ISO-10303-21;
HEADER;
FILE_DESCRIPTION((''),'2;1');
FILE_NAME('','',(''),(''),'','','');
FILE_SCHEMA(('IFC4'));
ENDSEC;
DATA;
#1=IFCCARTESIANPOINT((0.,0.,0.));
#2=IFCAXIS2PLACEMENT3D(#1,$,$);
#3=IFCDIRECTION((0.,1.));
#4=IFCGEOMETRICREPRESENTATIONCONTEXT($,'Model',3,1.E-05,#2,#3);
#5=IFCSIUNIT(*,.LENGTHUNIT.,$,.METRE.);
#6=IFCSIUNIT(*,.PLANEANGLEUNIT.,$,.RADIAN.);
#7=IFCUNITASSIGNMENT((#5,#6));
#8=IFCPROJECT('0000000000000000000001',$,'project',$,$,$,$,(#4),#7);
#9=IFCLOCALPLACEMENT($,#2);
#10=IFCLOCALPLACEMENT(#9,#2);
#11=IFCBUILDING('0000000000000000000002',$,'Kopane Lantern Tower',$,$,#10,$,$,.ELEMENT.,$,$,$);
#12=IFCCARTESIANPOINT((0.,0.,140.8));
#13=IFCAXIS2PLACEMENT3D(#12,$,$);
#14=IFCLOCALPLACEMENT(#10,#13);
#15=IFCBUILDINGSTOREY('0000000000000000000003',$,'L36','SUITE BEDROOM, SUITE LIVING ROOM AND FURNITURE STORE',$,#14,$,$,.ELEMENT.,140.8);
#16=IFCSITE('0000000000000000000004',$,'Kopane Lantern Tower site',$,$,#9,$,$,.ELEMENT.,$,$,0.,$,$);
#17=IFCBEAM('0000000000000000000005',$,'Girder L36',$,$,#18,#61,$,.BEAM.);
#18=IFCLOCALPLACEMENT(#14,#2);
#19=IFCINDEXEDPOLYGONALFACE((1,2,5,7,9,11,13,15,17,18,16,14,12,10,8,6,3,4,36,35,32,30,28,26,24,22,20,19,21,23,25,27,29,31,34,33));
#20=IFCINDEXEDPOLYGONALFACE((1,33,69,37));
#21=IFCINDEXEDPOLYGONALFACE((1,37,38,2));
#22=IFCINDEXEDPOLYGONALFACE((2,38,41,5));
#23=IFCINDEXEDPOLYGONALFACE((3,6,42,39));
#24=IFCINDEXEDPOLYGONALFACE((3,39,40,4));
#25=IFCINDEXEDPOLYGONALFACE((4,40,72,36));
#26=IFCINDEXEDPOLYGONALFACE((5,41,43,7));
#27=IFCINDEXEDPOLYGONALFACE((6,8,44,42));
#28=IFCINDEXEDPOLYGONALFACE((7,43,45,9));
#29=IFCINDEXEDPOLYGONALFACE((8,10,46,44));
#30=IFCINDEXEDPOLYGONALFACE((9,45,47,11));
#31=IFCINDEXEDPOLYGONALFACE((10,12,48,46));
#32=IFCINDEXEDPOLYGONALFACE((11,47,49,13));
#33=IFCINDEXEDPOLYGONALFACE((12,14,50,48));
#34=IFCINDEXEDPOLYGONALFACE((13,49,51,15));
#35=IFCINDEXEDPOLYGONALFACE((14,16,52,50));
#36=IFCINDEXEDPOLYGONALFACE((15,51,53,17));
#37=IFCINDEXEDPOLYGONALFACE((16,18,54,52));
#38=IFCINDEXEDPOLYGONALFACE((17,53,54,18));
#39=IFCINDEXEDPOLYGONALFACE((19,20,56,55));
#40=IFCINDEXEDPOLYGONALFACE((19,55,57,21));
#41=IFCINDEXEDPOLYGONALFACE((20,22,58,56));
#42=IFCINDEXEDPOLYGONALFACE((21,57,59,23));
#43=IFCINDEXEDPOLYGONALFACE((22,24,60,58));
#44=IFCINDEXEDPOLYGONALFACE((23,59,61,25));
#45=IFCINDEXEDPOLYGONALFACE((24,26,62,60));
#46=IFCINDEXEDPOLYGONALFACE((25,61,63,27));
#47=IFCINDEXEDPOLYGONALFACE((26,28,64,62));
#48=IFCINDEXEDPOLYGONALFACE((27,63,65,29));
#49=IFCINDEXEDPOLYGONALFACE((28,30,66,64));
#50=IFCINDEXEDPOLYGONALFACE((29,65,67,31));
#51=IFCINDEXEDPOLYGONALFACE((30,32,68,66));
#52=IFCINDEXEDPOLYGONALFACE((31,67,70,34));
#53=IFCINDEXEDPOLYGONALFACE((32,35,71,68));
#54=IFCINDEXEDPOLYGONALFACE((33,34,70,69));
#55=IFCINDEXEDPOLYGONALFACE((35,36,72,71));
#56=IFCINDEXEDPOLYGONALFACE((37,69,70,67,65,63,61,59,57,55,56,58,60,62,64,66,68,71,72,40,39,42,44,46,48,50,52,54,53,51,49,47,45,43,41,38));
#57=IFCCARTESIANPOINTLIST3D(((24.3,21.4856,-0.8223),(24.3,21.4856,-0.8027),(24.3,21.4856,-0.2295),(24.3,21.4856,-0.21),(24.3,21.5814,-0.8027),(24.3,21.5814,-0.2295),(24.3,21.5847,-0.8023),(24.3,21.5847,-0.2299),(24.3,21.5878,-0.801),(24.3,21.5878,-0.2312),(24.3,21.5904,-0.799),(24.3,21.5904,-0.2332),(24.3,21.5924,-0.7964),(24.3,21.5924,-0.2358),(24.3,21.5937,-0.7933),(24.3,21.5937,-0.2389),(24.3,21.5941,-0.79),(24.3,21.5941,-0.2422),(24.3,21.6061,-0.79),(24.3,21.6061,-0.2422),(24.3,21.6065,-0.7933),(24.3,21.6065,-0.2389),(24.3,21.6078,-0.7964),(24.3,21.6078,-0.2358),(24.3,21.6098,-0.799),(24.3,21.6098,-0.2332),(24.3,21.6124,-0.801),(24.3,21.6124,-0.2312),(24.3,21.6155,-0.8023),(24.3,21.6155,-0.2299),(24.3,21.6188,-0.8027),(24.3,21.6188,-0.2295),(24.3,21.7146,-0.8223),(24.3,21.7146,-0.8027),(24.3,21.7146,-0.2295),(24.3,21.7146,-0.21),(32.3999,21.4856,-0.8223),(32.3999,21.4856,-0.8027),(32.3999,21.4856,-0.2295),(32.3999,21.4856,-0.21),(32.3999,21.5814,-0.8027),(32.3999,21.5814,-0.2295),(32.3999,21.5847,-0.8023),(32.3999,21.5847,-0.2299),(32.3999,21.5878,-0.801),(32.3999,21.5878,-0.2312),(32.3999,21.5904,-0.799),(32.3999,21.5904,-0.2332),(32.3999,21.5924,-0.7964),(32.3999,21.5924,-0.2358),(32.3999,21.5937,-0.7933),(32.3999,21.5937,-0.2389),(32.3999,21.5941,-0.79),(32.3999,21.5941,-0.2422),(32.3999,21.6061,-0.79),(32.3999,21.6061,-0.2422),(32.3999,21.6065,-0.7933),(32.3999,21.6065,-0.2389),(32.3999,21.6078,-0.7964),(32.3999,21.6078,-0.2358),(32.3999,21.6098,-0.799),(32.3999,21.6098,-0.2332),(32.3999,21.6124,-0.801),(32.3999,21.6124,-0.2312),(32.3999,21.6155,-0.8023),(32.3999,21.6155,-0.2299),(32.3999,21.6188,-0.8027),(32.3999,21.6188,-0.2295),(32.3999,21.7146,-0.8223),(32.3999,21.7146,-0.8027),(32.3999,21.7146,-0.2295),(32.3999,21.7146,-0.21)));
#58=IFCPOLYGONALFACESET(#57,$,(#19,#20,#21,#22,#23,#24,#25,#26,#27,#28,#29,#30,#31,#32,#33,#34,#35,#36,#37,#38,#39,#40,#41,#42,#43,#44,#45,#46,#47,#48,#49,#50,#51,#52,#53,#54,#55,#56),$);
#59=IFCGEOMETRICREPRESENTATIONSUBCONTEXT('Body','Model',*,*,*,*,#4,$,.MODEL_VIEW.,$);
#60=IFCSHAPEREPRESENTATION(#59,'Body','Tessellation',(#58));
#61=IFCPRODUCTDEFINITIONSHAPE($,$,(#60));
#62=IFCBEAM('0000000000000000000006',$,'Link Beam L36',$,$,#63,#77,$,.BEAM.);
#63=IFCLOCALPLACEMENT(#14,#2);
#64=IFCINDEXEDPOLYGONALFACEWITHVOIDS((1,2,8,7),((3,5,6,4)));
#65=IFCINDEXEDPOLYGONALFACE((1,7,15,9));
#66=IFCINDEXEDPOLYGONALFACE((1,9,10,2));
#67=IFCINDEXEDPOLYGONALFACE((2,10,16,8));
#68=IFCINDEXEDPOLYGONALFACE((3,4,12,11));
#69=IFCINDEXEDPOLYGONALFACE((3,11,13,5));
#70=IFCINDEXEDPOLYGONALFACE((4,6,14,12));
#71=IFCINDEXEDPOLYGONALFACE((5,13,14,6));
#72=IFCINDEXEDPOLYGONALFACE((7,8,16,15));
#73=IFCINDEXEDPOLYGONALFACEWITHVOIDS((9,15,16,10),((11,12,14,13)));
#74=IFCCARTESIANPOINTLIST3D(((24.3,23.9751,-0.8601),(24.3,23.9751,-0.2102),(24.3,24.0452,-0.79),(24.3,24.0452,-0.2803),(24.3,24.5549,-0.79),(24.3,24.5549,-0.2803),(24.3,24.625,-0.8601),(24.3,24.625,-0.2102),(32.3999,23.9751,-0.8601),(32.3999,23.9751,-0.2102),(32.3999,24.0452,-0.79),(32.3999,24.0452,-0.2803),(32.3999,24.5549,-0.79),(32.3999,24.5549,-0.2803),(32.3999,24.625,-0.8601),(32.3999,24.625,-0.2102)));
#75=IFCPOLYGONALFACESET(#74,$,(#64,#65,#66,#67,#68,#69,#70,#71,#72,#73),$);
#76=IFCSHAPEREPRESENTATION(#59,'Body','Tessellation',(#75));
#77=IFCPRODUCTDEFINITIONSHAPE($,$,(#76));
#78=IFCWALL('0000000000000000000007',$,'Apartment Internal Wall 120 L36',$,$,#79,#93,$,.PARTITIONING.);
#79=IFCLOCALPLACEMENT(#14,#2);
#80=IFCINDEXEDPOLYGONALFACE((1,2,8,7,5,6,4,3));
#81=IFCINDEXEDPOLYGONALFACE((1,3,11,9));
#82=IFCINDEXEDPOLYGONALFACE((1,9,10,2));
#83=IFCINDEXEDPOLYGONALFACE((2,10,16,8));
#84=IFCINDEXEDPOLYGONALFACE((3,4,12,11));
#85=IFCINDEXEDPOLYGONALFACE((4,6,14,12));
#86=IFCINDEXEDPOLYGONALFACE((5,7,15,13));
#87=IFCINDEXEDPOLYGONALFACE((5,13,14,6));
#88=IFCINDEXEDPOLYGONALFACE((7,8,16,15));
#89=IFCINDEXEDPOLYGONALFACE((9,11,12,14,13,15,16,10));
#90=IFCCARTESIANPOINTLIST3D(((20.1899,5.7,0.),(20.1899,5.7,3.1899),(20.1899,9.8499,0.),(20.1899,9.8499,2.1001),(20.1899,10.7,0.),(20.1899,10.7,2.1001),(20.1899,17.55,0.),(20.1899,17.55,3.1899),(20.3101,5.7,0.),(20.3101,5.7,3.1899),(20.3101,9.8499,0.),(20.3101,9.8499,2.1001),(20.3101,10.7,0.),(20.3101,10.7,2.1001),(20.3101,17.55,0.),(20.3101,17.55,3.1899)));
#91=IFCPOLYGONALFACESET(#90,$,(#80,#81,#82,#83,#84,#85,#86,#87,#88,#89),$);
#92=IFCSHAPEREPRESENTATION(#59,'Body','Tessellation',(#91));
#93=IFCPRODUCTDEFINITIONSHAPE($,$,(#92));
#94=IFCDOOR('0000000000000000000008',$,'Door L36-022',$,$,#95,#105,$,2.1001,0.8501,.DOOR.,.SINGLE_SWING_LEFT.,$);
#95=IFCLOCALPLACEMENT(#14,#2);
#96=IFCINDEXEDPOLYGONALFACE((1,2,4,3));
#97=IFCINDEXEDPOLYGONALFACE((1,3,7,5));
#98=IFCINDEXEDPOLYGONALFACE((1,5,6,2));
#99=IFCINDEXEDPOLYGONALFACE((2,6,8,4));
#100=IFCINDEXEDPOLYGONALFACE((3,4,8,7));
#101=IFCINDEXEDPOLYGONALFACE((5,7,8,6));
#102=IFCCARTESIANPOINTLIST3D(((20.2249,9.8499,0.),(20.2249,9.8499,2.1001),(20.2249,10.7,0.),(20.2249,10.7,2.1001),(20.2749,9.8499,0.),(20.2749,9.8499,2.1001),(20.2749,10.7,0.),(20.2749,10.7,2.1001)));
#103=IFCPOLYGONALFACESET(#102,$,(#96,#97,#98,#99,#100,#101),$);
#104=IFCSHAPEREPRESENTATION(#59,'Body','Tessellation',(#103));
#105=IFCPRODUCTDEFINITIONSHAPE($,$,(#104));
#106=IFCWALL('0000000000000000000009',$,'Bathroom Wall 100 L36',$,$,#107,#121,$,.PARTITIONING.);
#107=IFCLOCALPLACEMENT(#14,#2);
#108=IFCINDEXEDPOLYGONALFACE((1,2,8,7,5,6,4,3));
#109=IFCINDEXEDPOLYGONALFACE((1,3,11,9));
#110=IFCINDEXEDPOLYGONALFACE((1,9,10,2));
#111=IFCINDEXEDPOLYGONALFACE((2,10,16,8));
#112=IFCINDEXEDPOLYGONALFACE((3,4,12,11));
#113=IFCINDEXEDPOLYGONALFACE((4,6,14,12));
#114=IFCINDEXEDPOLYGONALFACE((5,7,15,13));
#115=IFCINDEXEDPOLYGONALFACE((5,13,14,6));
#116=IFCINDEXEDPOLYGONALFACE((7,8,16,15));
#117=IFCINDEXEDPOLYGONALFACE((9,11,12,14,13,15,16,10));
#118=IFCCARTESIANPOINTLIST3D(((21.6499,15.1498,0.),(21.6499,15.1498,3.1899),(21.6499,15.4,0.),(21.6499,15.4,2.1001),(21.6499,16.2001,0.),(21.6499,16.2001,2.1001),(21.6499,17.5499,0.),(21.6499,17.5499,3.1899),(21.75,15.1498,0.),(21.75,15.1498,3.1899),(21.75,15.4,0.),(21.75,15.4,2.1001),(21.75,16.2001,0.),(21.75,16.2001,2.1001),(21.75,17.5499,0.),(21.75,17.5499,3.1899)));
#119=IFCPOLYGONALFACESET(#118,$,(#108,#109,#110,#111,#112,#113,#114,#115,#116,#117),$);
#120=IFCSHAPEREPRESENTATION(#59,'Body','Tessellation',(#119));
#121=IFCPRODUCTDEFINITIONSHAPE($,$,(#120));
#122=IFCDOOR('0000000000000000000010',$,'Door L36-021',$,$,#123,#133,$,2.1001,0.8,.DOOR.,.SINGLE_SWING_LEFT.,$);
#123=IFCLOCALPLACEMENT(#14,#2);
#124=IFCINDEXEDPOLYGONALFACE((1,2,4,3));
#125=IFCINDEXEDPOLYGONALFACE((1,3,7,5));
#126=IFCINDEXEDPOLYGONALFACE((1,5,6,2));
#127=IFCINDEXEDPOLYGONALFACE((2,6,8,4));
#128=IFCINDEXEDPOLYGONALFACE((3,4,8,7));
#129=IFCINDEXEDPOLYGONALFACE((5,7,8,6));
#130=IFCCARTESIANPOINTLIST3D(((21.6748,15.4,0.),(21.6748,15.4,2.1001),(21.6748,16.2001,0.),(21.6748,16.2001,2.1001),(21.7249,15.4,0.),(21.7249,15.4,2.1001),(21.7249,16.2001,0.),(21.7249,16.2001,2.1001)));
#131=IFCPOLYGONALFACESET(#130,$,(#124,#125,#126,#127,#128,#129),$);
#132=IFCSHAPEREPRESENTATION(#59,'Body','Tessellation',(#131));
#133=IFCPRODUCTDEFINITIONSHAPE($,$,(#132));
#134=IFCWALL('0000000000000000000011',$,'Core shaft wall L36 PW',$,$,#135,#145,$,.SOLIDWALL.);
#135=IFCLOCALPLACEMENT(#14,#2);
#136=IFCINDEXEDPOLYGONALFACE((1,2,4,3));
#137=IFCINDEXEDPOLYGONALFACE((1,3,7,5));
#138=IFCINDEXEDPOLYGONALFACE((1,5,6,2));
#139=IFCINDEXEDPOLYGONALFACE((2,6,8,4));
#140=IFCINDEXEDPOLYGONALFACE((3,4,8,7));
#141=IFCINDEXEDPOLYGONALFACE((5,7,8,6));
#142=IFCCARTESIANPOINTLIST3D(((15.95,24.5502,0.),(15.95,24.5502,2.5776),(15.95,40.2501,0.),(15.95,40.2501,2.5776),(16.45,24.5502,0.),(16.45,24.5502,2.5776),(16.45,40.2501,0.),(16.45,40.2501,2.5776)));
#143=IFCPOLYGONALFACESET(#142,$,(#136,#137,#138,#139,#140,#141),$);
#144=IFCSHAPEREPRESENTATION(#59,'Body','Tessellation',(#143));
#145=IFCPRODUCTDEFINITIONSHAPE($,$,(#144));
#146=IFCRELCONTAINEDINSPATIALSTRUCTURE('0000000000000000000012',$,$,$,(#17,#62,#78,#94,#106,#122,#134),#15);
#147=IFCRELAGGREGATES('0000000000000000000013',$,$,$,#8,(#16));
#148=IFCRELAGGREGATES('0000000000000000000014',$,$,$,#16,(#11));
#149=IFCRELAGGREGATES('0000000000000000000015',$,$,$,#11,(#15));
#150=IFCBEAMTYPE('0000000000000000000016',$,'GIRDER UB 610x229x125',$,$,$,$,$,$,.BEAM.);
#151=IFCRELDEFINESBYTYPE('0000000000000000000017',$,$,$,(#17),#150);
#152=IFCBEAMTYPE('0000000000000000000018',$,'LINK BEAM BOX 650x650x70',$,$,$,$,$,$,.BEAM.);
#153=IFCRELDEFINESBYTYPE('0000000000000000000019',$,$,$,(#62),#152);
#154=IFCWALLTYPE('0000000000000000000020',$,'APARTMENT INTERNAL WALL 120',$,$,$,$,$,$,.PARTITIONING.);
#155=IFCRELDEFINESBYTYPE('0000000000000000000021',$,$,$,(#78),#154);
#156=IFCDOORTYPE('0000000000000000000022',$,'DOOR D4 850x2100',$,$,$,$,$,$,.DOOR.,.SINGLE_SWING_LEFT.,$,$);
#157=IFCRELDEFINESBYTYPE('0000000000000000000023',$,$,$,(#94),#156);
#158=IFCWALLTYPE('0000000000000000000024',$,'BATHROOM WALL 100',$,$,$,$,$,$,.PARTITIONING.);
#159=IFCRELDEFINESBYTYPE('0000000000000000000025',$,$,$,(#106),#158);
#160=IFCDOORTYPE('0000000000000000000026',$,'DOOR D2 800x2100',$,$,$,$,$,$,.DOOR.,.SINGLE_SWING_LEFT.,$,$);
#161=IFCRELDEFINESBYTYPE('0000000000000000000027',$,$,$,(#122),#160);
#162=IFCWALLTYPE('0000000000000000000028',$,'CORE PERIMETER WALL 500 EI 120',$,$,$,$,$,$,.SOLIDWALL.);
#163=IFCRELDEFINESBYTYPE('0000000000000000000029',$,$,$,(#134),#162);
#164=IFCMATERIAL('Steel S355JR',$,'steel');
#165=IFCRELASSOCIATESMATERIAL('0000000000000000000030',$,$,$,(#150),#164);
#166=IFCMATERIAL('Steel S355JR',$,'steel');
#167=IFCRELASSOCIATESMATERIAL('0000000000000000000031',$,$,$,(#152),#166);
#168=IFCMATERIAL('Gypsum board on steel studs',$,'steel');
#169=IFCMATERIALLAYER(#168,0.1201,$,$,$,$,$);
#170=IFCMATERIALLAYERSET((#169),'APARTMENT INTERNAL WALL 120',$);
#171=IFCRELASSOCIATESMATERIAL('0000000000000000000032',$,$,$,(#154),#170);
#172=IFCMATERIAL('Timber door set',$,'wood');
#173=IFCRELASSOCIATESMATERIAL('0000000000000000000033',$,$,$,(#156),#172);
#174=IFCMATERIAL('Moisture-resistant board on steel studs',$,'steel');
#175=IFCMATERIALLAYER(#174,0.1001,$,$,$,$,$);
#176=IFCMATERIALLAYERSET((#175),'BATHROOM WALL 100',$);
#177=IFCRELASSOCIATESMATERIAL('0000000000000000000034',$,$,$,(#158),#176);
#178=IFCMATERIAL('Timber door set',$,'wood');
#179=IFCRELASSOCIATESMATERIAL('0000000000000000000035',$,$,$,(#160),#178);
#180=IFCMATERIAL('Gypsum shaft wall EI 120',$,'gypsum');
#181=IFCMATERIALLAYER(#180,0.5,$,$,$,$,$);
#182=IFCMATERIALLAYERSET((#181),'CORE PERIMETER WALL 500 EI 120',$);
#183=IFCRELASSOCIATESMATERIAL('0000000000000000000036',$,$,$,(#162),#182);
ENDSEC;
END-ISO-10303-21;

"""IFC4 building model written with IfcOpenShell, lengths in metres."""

from ifc_helpers import new_model, si_unit, direction, frame, frame_2d, origin, origin_2d, place, context, subcontext, project, spatial, rectangle, hollow_rectangle, i_section, extrude, material, layer, layer_set, material_profile, profile_set, type_object, element, fill, save


model = new_model("IFC4")

# Units and contexts
model_context = context("Model", 3, precision=1e-05, world=origin(), true_north=direction((0.0, 1.0)))
body_context = subcontext(model_context, "Body", "Model", "MODEL_VIEW")
ifc_project = project(units=[si_unit("LENGTHUNIT", "METRE"), si_unit("PLANEANGLEUNIT", "RADIAN")], contexts=[model_context])

# Site, building, storey
site_placement = place(None, origin())
site = spatial("IfcSite", under=ifc_project, at=site_placement, Name="Kopane Lantern Tower site", CompositionType="ELEMENT", RefElevation=0.0)
building_placement = place(site_placement, origin())
building = spatial("IfcBuilding", under=site, at=building_placement, Name="Kopane Lantern Tower", CompositionType="ELEMENT")
storey_placement = place(building_placement, frame((0.0, 0.0, 140.8)))
storey = spatial("IfcBuildingStorey", under=building, at=storey_placement, Name="L36", Description="SUITE BEDROOM, SUITE LIVING ROOM AND FURNITURE STORE", CompositionType="ELEMENT", Elevation=140.8)

# Beams
ifc_material_1 = material(Name="Steel S355JR", Category="steel")
ifc_material_profile_1 = material_profile(ifc_material_1, i_section(OverallWidth=0.229, OverallDepth=0.6123, WebThickness=0.012, FlangeThickness=0.0195, FilletRadius=0.0127, at=origin_2d()), Name="UB 610x229x125")
ifc_profile_set_1 = profile_set([ifc_material_profile_1], Name="Steel S355JR")
beam_type_1 = type_object("IfcBeamType", Name="GIRDER UB 610x229x125", PredefinedType="BEAM", material=ifc_profile_set_1)
beam_1_placement = place(storey_placement, frame((24.3, 21.6001, -0.5161), z_axis=(1.0, 0.0, 0.0), x_axis=(0.0, 1.0, 0.0)))
element("IfcBeam", 1, at=beam_1_placement, inside=storey, type_object=beam_type_1, Name="Girder L36", PredefinedType="BEAM", context=body_context, shape_type="SweptSolid", body=[
    extrude(i_section(OverallWidth=0.229, OverallDepth=0.6123, WebThickness=0.012, FlangeThickness=0.0195, FilletRadius=0.0127, at=origin_2d()), origin(), (0.0, 0.0, 1.0), 8.0999),
])
ifc_material_2 = material(Name="Steel S355JR", Category="steel")
ifc_material_profile_2 = material_profile(ifc_material_2, hollow_rectangle(XDim=0.6499, YDim=0.6499, WallThickness=0.0701, at=origin_2d()), Name="BOX 650x650x70")
ifc_profile_set_2 = profile_set([ifc_material_profile_2], Name="Steel S355JR")
beam_type_2 = type_object("IfcBeamType", Name="LINK BEAM BOX 650x650x70", PredefinedType="BEAM", material=ifc_profile_set_2)
beam_2_placement = place(storey_placement, frame((24.3, 24.3, -0.5352), z_axis=(1.0, 0.0, 0.0), x_axis=(0.0, 1.0, 0.0)))
element("IfcBeam", 2, at=beam_2_placement, inside=storey, type_object=beam_type_2, Name="Link Beam L36", PredefinedType="BEAM", context=body_context, shape_type="SweptSolid", body=[
    extrude(hollow_rectangle(XDim=0.6499, YDim=0.6499, WallThickness=0.0701, at=origin_2d()), origin(), (0.0, 0.0, 1.0), 8.0999),
])

# Walls, openings, doors
ifc_material_3 = material(Name="Gypsum board on steel studs", Category="steel")
ifc_layer_1 = layer(ifc_material_3, 0.1201)
ifc_layer_set_1 = layer_set([ifc_layer_1], Name="APARTMENT INTERNAL WALL 120")
wall_type_1 = type_object("IfcWallType", Name="APARTMENT INTERNAL WALL 120", PredefinedType="PARTITIONING", material=ifc_layer_set_1)
wall_1_placement = place(storey_placement, frame((20.25, 17.55, 0.0), z_axis=(0.0, 0.0, 1.0), x_axis=(0.0, -1.0, 0.0)))
wall_1 = element("IfcWall", 3, at=wall_1_placement, inside=storey, type_object=wall_type_1, Name="Apartment Internal Wall 120 L36", PredefinedType="PARTITIONING", context=body_context, shape_type="SweptSolid", body=[
    extrude(rectangle(XDim=11.8501, YDim=0.1201, at=frame_2d((5.925, 0.0))), origin(), (0.0, 0.0, 1.0), 3.1899),
])
opening_1_placement = place(wall_1_placement, frame((6.8501, 0.0, 0.0)))
opening_1 = element("IfcOpeningElement", 4, at=opening_1_placement, cuts=wall_1, PredefinedType="OPENING", context=body_context, shape_type="SweptSolid", body=[
    extrude(rectangle(XDim=0.8501, YDim=2.1001, at=frame_2d((0.425, 1.05))), frame((0.0, 0.0701, 0.0), z_axis=(0.0, -1.0, 0.0), x_axis=(1.0, 0.0, 0.0)), (0.0, 0.0, 1.0), 0.1401),
])
ifc_material_4 = material(Name="Timber door set", Category="wood")
door_type_1 = type_object("IfcDoorType", Name="DOOR D4 850x2100", OperationType="SINGLE_SWING_LEFT", PredefinedType="DOOR", material=ifc_material_4)
door_1_placement = place(opening_1_placement, origin())
door_1 = element("IfcDoor", 5, at=door_1_placement, inside=storey, type_object=door_type_1, Name="Door L36-022", OperationType="SINGLE_SWING_LEFT", OverallHeight=2.1001, OverallWidth=0.8501, PredefinedType="DOOR", context=body_context, shape_type="SweptSolid", body=[
    extrude(rectangle(XDim=0.8501, YDim=2.1001, at=frame_2d((0.425, 1.05))), frame((0.0, 0.0249, 0.0), z_axis=(0.0, -1.0, 0.0), x_axis=(1.0, 0.0, 0.0)), (0.0, 0.0, 1.0), 0.05),
])
fill(opening_1, door_1)
ifc_material_5 = material(Name="Moisture-resistant board on steel studs", Category="steel")
ifc_layer_2 = layer(ifc_material_5, 0.1001)
ifc_layer_set_2 = layer_set([ifc_layer_2], Name="BATHROOM WALL 100")
wall_type_2 = type_object("IfcWallType", Name="BATHROOM WALL 100", PredefinedType="PARTITIONING", material=ifc_layer_set_2)
wall_2_placement = place(storey_placement, frame((21.7, 17.55, 0.0), z_axis=(0.0, 0.0, 1.0), x_axis=(0.0, -1.0, 0.0)))
wall_2 = element("IfcWall", 6, at=wall_2_placement, inside=storey, type_object=wall_type_2, Name="Bathroom Wall 100 L36", PredefinedType="PARTITIONING", context=body_context, shape_type="SweptSolid", body=[
    extrude(rectangle(XDim=2.4001, YDim=0.1001, at=frame_2d((1.2002, 0.0))), origin(), (0.0, 0.0, 1.0), 3.1899),
])
opening_2_placement = place(wall_2_placement, frame((1.3501, 0.0, 0.0)))
opening_2 = element("IfcOpeningElement", 7, at=opening_2_placement, cuts=wall_2, PredefinedType="OPENING", context=body_context, shape_type="SweptSolid", body=[
    extrude(rectangle(XDim=0.8, YDim=2.1001, at=frame_2d((0.3999, 1.05))), frame((0.0, 0.0601, 0.0), z_axis=(0.0, -1.0, 0.0), x_axis=(1.0, 0.0, 0.0)), (0.0, 0.0, 1.0), 0.1201),
])
ifc_material_6 = material(Name="Timber door set", Category="wood")
door_type_2 = type_object("IfcDoorType", Name="DOOR D2 800x2100", OperationType="SINGLE_SWING_LEFT", PredefinedType="DOOR", material=ifc_material_6)
door_2_placement = place(opening_2_placement, origin())
door_2 = element("IfcDoor", 8, at=door_2_placement, inside=storey, type_object=door_type_2, Name="Door L36-021", OperationType="SINGLE_SWING_LEFT", OverallHeight=2.1001, OverallWidth=0.8, PredefinedType="DOOR", context=body_context, shape_type="SweptSolid", body=[
    extrude(rectangle(XDim=0.8, YDim=2.1001, at=frame_2d((0.3999, 1.05))), frame((0.0, 0.0249, 0.0), z_axis=(0.0, -1.0, 0.0), x_axis=(1.0, 0.0, 0.0)), (0.0, 0.0, 1.0), 0.05),
])
fill(opening_2, door_2)

# Wall
ifc_material_7 = material(Name="Gypsum shaft wall EI 120", Category="gypsum")
ifc_layer_3 = layer(ifc_material_7, 0.5)
ifc_layer_set_3 = layer_set([ifc_layer_3], Name="CORE PERIMETER WALL 500 EI 120")
wall_type_3 = type_object("IfcWallType", Name="CORE PERIMETER WALL 500 EI 120", PredefinedType="SOLIDWALL", material=ifc_layer_set_3)
wall_3_placement = place(storey_placement, frame((16.2, 24.55, 0.0), z_axis=(0.0, 0.0, 1.0), x_axis=(0.0, 1.0, 0.0)))
element("IfcWall", 9, at=wall_3_placement, inside=storey, type_object=wall_type_3, Name="Core shaft wall L36 PW", PredefinedType="SOLIDWALL", context=body_context, shape_type="SweptSolid", body=[
    extrude(rectangle(XDim=15.7, YDim=0.5, at=frame_2d((7.8501, 0.0))), origin(), (0.0, 0.0, 1.0), 2.5776),
])

save(model, "model.ifc")
